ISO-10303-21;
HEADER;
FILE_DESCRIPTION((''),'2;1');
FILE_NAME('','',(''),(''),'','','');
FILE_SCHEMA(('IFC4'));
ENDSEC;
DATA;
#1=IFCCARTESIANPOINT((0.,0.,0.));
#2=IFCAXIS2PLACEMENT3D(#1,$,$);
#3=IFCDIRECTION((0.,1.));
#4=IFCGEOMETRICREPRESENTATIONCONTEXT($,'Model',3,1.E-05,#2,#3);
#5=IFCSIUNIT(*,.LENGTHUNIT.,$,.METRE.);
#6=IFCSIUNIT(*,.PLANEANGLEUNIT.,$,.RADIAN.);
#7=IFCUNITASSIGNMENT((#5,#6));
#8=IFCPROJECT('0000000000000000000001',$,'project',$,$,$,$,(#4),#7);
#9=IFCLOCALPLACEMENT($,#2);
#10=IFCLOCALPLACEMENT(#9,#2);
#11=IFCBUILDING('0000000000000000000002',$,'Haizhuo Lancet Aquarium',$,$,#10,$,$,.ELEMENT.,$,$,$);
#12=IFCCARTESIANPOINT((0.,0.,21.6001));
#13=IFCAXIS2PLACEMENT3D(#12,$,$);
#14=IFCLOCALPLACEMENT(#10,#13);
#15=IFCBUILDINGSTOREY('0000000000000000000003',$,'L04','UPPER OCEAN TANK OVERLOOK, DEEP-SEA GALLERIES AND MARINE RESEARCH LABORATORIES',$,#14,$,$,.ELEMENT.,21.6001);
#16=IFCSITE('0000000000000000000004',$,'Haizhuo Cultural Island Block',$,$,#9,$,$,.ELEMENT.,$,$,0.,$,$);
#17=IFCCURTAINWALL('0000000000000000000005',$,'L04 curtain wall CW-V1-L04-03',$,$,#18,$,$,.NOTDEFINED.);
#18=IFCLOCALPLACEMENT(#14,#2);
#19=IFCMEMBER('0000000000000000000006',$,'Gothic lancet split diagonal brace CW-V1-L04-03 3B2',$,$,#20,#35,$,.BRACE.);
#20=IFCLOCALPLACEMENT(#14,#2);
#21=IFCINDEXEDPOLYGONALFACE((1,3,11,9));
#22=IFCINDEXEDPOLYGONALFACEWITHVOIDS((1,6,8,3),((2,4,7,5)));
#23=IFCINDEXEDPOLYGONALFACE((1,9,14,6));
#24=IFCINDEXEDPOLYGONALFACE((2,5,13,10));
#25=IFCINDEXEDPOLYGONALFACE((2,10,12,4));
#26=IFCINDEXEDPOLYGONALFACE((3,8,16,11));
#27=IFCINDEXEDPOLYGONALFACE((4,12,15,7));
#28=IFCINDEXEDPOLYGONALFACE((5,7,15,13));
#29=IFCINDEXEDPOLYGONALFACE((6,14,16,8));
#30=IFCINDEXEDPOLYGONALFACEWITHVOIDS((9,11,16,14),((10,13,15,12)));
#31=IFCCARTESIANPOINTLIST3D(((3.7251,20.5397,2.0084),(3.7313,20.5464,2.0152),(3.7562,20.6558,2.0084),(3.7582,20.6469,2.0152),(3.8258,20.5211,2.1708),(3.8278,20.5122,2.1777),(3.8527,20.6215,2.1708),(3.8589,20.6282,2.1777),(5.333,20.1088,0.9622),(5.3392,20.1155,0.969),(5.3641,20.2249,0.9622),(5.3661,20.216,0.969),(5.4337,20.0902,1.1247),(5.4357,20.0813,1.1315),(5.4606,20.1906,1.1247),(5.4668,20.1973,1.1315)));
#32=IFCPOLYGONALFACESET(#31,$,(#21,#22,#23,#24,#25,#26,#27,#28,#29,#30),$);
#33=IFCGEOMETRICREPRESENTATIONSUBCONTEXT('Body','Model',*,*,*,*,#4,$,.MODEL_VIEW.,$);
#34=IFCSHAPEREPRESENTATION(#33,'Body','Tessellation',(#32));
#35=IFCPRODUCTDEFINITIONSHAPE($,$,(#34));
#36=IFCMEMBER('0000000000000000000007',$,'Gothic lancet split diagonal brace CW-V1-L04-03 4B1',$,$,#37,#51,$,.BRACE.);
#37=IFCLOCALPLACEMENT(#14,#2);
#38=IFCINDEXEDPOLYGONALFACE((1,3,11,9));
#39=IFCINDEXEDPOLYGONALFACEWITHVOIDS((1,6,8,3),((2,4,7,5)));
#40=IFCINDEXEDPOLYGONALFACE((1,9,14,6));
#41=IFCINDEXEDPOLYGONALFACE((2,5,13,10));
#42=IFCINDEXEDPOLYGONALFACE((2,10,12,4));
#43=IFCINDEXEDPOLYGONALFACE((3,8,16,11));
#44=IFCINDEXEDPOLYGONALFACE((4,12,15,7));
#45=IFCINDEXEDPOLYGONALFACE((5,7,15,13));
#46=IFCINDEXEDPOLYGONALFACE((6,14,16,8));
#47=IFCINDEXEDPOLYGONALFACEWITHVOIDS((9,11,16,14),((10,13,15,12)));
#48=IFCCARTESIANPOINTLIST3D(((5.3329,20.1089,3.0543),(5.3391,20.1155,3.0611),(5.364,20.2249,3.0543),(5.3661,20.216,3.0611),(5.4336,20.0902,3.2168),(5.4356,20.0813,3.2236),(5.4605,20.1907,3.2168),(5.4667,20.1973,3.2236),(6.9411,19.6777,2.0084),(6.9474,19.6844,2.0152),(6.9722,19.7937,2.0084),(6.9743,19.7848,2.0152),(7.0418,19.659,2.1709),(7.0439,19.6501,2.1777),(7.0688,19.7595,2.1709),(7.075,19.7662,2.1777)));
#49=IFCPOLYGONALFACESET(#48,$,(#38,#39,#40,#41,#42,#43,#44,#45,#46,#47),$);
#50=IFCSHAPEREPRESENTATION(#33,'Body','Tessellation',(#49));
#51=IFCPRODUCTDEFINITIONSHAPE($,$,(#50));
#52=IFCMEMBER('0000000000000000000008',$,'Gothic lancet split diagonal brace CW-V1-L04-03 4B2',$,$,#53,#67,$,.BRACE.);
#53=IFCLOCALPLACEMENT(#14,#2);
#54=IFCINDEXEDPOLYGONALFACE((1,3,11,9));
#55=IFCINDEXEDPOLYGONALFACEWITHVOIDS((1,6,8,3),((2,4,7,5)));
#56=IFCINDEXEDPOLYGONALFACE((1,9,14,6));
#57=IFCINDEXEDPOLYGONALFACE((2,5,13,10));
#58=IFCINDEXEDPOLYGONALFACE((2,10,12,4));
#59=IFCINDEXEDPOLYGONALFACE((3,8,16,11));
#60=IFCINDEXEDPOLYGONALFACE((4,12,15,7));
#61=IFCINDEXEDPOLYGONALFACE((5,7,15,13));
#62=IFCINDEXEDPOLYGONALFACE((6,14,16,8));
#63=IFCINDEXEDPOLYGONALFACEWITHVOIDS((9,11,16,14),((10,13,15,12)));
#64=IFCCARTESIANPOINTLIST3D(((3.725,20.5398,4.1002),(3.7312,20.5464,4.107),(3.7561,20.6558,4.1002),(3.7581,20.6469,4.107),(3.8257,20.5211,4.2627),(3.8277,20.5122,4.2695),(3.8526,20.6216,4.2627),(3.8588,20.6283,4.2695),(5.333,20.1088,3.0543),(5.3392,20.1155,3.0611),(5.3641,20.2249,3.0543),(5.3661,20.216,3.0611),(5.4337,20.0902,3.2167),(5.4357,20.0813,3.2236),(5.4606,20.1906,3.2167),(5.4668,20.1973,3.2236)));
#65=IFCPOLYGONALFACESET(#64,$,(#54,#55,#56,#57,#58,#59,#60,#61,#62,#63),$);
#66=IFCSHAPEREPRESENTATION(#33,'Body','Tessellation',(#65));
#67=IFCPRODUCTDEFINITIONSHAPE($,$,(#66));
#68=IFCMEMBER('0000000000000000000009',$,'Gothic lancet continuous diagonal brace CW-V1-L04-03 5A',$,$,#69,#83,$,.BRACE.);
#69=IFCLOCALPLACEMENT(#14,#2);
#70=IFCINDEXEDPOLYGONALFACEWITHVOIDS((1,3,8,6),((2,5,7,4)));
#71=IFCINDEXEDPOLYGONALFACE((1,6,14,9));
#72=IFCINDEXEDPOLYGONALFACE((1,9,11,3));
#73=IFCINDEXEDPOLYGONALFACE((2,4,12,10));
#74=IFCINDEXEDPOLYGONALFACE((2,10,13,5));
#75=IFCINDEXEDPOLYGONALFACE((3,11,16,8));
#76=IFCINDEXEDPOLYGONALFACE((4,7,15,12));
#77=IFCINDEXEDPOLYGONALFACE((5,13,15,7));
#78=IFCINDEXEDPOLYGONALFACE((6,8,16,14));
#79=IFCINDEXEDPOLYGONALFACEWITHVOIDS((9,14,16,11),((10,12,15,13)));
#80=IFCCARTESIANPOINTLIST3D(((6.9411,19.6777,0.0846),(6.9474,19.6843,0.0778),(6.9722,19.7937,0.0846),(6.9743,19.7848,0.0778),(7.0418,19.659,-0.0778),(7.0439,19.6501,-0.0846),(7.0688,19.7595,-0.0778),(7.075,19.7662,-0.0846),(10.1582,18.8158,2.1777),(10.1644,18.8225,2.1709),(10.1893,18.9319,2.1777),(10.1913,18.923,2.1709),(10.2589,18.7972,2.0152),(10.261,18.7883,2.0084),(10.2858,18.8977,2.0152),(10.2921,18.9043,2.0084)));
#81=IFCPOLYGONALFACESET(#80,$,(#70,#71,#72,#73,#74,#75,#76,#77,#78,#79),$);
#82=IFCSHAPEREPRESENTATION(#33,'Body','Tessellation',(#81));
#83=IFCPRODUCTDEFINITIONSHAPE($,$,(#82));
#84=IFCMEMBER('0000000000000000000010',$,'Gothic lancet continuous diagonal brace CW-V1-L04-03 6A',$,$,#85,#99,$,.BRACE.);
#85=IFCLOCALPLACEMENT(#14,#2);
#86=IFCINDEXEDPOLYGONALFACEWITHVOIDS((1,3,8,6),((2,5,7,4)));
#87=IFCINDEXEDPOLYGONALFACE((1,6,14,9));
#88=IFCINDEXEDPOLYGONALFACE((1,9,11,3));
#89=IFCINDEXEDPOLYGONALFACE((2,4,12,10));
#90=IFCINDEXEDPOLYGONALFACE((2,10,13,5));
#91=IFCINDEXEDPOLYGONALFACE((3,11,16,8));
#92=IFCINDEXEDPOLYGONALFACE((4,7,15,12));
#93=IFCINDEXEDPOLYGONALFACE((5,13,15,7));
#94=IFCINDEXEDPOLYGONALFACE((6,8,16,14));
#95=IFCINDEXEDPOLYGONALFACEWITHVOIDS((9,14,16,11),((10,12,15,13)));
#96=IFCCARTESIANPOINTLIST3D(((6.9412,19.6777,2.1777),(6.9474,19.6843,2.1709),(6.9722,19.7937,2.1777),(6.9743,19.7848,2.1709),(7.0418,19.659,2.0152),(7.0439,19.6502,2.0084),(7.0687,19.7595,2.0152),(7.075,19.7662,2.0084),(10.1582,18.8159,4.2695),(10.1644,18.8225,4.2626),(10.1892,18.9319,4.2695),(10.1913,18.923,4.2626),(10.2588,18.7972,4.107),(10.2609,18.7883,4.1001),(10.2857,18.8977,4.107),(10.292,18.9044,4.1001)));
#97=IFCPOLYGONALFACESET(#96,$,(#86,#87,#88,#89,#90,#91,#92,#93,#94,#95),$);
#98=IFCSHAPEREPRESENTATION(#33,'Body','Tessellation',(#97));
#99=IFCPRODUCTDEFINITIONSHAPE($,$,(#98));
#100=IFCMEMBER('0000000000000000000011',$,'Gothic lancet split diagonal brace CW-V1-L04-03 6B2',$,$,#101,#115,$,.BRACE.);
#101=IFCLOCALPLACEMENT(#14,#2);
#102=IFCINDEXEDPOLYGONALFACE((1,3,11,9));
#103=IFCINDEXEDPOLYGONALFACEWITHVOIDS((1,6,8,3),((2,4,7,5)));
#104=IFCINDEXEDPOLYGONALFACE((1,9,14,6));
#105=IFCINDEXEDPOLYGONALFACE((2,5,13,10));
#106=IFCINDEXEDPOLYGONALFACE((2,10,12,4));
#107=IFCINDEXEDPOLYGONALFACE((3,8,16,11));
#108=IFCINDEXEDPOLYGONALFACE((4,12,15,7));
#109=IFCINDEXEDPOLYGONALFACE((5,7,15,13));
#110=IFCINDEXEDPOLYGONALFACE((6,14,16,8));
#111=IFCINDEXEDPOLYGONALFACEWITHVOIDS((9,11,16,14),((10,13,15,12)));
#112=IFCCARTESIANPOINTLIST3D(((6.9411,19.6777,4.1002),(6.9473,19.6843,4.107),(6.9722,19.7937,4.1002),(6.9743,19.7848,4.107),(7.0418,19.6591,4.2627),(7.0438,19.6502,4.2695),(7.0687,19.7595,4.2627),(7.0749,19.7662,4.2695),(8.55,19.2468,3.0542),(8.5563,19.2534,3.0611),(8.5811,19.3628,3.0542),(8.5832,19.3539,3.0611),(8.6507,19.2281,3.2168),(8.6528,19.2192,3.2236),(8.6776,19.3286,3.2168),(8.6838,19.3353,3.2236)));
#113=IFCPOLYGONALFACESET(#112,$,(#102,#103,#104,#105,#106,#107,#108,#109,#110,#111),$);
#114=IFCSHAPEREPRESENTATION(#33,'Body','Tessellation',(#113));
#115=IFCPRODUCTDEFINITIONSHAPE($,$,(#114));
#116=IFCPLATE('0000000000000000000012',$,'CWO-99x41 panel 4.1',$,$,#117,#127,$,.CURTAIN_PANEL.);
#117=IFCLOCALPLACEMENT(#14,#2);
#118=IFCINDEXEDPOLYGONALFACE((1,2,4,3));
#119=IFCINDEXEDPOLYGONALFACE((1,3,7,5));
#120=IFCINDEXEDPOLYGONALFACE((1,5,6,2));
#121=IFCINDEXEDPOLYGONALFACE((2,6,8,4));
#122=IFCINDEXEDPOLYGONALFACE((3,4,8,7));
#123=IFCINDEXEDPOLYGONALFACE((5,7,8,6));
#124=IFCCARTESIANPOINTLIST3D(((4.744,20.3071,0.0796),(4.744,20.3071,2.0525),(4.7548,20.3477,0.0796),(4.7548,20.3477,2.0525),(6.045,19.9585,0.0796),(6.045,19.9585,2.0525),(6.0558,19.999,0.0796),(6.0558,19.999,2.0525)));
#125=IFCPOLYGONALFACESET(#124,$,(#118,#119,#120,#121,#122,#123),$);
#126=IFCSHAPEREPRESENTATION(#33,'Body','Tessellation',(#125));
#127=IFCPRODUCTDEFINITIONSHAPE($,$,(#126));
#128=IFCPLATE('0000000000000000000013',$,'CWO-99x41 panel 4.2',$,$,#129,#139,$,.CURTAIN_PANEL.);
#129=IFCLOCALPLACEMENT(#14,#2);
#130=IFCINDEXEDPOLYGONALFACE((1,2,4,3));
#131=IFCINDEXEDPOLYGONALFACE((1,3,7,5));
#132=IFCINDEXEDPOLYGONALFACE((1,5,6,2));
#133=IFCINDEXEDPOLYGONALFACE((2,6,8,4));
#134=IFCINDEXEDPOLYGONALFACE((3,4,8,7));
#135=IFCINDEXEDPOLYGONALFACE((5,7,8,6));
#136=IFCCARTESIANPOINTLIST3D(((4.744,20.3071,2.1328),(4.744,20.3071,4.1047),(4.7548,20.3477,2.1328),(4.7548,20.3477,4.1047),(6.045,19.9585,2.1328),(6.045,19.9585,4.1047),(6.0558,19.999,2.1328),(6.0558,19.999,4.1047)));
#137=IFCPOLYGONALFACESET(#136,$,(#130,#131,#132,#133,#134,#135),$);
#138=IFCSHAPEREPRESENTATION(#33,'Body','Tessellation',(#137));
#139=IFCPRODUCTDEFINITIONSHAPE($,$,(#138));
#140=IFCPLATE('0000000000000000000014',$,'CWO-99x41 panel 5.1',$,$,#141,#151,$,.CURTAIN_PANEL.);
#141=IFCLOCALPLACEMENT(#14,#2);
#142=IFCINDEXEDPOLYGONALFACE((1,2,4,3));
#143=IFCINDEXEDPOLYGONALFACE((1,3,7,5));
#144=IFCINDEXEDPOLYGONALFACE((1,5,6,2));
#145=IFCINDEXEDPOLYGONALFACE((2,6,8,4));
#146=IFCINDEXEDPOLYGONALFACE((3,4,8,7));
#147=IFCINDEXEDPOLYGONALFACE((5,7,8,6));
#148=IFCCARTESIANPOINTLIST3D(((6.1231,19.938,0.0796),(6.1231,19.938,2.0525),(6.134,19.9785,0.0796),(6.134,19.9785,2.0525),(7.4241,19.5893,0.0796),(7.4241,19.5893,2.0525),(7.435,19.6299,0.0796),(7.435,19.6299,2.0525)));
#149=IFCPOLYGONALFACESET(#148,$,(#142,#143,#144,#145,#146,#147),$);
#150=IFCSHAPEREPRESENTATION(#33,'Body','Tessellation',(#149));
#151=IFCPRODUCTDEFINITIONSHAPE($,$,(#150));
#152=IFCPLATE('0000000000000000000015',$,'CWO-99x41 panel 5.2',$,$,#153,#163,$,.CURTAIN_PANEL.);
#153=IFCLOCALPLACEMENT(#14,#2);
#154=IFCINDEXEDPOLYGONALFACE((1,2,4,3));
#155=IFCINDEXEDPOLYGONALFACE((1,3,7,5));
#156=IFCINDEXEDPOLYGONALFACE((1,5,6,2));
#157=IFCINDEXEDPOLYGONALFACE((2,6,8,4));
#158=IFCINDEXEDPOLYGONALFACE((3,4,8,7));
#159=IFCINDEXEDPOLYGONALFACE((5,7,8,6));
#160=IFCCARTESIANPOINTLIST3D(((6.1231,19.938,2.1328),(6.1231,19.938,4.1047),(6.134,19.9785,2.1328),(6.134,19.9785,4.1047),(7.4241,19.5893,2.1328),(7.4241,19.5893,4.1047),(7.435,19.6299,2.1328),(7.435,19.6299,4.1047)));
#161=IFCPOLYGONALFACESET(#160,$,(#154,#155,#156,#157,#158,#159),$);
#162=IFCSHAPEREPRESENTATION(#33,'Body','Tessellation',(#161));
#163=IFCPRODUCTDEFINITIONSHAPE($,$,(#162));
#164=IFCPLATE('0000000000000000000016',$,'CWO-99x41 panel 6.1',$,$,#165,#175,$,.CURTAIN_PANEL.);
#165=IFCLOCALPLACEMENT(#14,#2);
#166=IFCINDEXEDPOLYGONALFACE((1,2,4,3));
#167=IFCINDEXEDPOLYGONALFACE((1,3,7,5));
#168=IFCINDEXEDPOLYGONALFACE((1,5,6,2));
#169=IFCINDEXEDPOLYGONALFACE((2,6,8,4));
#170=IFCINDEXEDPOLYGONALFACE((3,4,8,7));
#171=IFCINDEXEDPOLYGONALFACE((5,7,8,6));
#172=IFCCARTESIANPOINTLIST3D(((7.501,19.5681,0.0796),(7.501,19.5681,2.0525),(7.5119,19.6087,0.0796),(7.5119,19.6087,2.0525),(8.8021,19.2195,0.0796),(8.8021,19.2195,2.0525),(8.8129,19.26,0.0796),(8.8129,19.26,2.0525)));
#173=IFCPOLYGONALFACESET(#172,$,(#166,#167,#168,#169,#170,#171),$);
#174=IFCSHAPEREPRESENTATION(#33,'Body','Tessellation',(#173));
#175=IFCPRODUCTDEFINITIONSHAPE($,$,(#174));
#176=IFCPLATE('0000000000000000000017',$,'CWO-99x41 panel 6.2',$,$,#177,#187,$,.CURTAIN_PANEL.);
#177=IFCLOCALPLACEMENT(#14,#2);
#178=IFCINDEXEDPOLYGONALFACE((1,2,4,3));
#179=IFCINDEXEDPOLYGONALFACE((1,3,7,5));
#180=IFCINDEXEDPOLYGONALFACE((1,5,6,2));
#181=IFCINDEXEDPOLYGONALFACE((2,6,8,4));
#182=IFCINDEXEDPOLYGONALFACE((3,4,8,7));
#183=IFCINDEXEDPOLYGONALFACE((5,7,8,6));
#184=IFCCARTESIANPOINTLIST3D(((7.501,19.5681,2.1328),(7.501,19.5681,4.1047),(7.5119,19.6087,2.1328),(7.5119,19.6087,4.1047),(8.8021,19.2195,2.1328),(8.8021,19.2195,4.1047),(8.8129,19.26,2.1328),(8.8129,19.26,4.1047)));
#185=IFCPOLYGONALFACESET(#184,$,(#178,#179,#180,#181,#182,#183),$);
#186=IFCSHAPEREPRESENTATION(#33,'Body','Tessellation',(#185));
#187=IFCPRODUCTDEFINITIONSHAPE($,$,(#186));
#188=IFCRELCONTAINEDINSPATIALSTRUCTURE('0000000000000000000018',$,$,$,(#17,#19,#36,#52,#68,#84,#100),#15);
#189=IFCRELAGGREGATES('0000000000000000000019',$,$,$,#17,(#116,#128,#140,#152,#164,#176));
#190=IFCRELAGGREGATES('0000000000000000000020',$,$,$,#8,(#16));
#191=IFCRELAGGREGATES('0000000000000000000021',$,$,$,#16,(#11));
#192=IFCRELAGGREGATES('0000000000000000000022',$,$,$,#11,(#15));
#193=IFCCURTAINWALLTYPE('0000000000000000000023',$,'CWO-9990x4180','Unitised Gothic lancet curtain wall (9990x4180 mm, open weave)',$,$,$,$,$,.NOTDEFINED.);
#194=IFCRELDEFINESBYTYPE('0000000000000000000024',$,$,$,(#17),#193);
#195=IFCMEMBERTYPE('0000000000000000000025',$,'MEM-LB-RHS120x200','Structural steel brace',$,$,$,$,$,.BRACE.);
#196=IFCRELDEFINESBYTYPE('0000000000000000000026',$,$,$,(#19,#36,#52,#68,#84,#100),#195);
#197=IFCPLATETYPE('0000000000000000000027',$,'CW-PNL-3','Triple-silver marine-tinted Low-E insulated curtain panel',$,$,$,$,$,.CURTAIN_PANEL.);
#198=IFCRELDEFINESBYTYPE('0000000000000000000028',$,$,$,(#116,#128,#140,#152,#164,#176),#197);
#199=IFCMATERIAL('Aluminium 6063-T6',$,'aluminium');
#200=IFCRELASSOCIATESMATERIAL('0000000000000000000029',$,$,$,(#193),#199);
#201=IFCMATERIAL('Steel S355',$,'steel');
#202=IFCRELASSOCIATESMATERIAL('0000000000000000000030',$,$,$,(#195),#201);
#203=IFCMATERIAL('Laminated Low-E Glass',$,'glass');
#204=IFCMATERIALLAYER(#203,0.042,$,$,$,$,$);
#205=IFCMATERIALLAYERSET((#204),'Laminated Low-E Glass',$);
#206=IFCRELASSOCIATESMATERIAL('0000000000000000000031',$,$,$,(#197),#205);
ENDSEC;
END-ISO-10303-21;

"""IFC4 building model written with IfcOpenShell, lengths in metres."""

from ifc_helpers import new_model, si_unit, direction, frame, origin, origin_2d, place, context, subcontext, project, spatial, rectangle, hollow_rectangle, extrude, material, layer, layer_set, material_profile, profile_set, type_object, element, aggregate, save


model = new_model("IFC4")

# Units and contexts
model_context = context("Model", 3, precision=1e-05, world=origin(), true_north=direction((0.0, 1.0)))
body_context = subcontext(model_context, "Body", "Model", "MODEL_VIEW")
ifc_project = project(units=[si_unit("LENGTHUNIT", "METRE"), si_unit("PLANEANGLEUNIT", "RADIAN")], contexts=[model_context])

# Site, building, storey
site_placement = place(None, origin())
site = spatial("IfcSite", under=ifc_project, at=site_placement, Name="Haizhuo Cultural Island Block", CompositionType="ELEMENT", RefElevation=0.0)
building_placement = place(site_placement, origin())
building = spatial("IfcBuilding", under=site, at=building_placement, Name="Haizhuo Lancet Aquarium", CompositionType="ELEMENT")
storey_placement = place(building_placement, frame((0.0, 0.0, 21.6001)))
storey = spatial("IfcBuildingStorey", under=building, at=storey_placement, Name="L04", Description="UPPER OCEAN TANK OVERLOOK, DEEP-SEA GALLERIES AND MARINE RESEARCH LABORATORIES", CompositionType="ELEMENT", Elevation=21.6001)

# Curtain wall
ifc_material_1 = material(Name="Aluminium 6063-T6", Category="aluminium")
curtain_wall_type = type_object("IfcCurtainWallType", Name="CWO-9990x4180", Description="Unitised Gothic lancet curtain wall (9990x4180 mm, open weave)", PredefinedType="NOTDEFINED", material=ifc_material_1)
curtain_wall_placement = place(storey_placement, origin())
curtain_wall = element("IfcCurtainWall", 1, at=curtain_wall_placement, inside=storey, type_object=curtain_wall_type, Name="L04 curtain wall CW-V1-L04-03", PredefinedType="NOTDEFINED")

# Members
ifc_material_2 = material(Name="Steel S355", Category="steel")
ifc_material_profile_1 = material_profile(ifc_material_2, hollow_rectangle(XDim=0.1201, YDim=0.2, WallThickness=0.0081, at=origin_2d()), Name="RHS 120x200x8")
ifc_profile_set_1 = profile_set([ifc_material_profile_1], Name="Steel S355")
member_type_1 = type_object("IfcMemberType", Name="MEM-LB-RHS120x200", Description="Structural steel brace", PredefinedType="BRACE", material=ifc_profile_set_1)
member_1_placement = place(storey_placement, frame((5.3999, 20.1531, 1.0469), z_axis=(-0.817825, 0.219171, 0.532096), x_axis=(-0.258858, -0.965915, 0.0)))
element("IfcMember", 2, at=member_1_placement, inside=storey, type_object=member_type_1, Name="Gothic lancet split diagonal brace CW-V1-L04-03 3B2", PredefinedType="BRACE", context=body_context, shape_type="SweptSolid", body=[
    extrude(hollow_rectangle(XDim=0.1201, YDim=0.2, WallThickness=0.0081, at=origin_2d()), origin(), (0.0, 0.0, 1.0), 1.9661),
])
member_2_placement = place(storey_placement, frame((7.0081, 19.7219, 2.093), z_axis=(-0.817898, 0.219282, 0.531938), x_axis=(-0.258958, -0.965888, 0.0)))
element("IfcMember", 3, at=member_2_placement, inside=storey, type_object=member_type_1, Name="Gothic lancet split diagonal brace CW-V1-L04-03 4B1", PredefinedType="BRACE", context=body_context, shape_type="SweptSolid", body=[
    extrude(hollow_rectangle(XDim=0.1201, YDim=0.2, WallThickness=0.0081, at=origin_2d()), origin(), (0.0, 0.0, 1.0), 1.9663),
])
member_3_placement = place(storey_placement, frame((5.3999, 20.1531, 3.1389), z_axis=(-0.817879, 0.219186, 0.532007), x_axis=(-0.258858, -0.965915, 0.0)))
element("IfcMember", 4, at=member_3_placement, inside=storey, type_object=member_type_1, Name="Gothic lancet split diagonal brace CW-V1-L04-03 4B2", PredefinedType="BRACE", context=body_context, shape_type="SweptSolid", body=[
    extrude(hollow_rectangle(XDim=0.1201, YDim=0.2, WallThickness=0.0081, at=origin_2d()), origin(), (0.0, 0.0, 1.0), 1.9661),
])
member_4_placement = place(storey_placement, frame((7.0081, 19.7219, 0.0), z_axis=(0.817847, -0.219094, 0.532094), x_axis=(0.258767, 0.96594, 0.0)))
element("IfcMember", 5, at=member_4_placement, inside=storey, type_object=member_type_1, Name="Gothic lancet continuous diagonal brace CW-V1-L04-03 5A", PredefinedType="BRACE", context=body_context, shape_type="SweptSolid", body=[
    extrude(hollow_rectangle(XDim=0.1201, YDim=0.2, WallThickness=0.0081, at=origin_2d()), origin(), (0.0, 0.0, 1.0), 3.9336),
])
member_5_placement = place(storey_placement, frame((7.0081, 19.7219, 2.093), z_axis=(0.817982, -0.21913, 0.531871), x_axis=(0.258767, 0.96594, 0.0)))
element("IfcMember", 6, at=member_5_placement, inside=storey, type_object=member_type_1, Name="Gothic lancet continuous diagonal brace CW-V1-L04-03 6A", PredefinedType="BRACE", context=body_context, shape_type="SweptSolid", body=[
    extrude(hollow_rectangle(XDim=0.1201, YDim=0.2, WallThickness=0.0081, at=origin_2d()), origin(), (0.0, 0.0, 1.0), 3.9329),
])
member_6_placement = place(storey_placement, frame((8.6169, 19.291, 3.1389), z_axis=(-0.818044, 0.219097, 0.53179), x_axis=(-0.258712, -0.965955, 0.0)))
element("IfcMember", 7, at=member_6_placement, inside=storey, type_object=member_type_1, Name="Gothic lancet split diagonal brace CW-V1-L04-03 6B2", PredefinedType="BRACE", context=body_context, shape_type="SweptSolid", body=[
    extrude(hollow_rectangle(XDim=0.1201, YDim=0.2, WallThickness=0.0081, at=origin_2d()), origin(), (0.0, 0.0, 1.0), 1.9668),
])

# Plates
ifc_material_3 = material(Name="Laminated Low-E Glass", Category="glass")
ifc_layer = layer(ifc_material_3, 0.042)
ifc_layer_set = layer_set([ifc_layer], Name="Laminated Low-E Glass")
plate_type = type_object("IfcPlateType", Name="CW-PNL-3", Description="Triple-silver marine-tinted Low-E insulated curtain panel", PredefinedType="CURTAIN_PANEL", material=ifc_layer_set)
plate_1_placement = place(storey_placement, frame((5.3999, 20.1531, 0.0796), z_axis=(0.0, 0.0, 1.0), x_axis=(0.965917, -0.258853, 0.0)))
plate_1 = element("IfcPlate", 8, at=plate_1_placement, type_object=plate_type, Name="CWO-99x41 panel 4.1", PredefinedType="CURTAIN_PANEL", context=body_context, shape_type="SweptSolid", body=[
    extrude(rectangle(XDim=1.3469, YDim=0.042, at=origin_2d()), origin(), (0.0, 0.0, 1.0), 1.9729),
])
plate_2_placement = place(storey_placement, frame((5.3999, 20.1531, 2.1328), z_axis=(0.0, 0.0, 1.0), x_axis=(0.965917, -0.258853, 0.0)))
plate_2 = element("IfcPlate", 9, at=plate_2_placement, type_object=plate_type, Name="CWO-99x41 panel 4.2", PredefinedType="CURTAIN_PANEL", context=body_context, shape_type="SweptSolid", body=[
    extrude(rectangle(XDim=1.3469, YDim=0.042, at=origin_2d()), origin(), (0.0, 0.0, 1.0), 1.9719),
])
plate_3_placement = place(storey_placement, frame((6.7791, 19.7839, 0.0796), z_axis=(0.0, 0.0, 1.0), x_axis=(0.965917, -0.258853, 0.0)))
plate_3 = element("IfcPlate", 10, at=plate_3_placement, type_object=plate_type, Name="CWO-99x41 panel 5.1", PredefinedType="CURTAIN_PANEL", context=body_context, shape_type="SweptSolid", body=[
    extrude(rectangle(XDim=1.3469, YDim=0.042, at=origin_2d()), origin(), (0.0, 0.0, 1.0), 1.9729),
])
plate_4_placement = place(storey_placement, frame((6.7791, 19.7839, 2.1328), z_axis=(0.0, 0.0, 1.0), x_axis=(0.965917, -0.258853, 0.0)))
plate_4 = element("IfcPlate", 11, at=plate_4_placement, type_object=plate_type, Name="CWO-99x41 panel 5.2", PredefinedType="CURTAIN_PANEL", context=body_context, shape_type="SweptSolid", body=[
    extrude(rectangle(XDim=1.3469, YDim=0.042, at=origin_2d()), origin(), (0.0, 0.0, 1.0), 1.9719),
])
plate_5_placement = place(storey_placement, frame((8.157, 19.4141, 0.0796), z_axis=(0.0, 0.0, 1.0), x_axis=(0.965917, -0.258853, 0.0)))
plate_5 = element("IfcPlate", 12, at=plate_5_placement, type_object=plate_type, Name="CWO-99x41 panel 6.1", PredefinedType="CURTAIN_PANEL", context=body_context, shape_type="SweptSolid", body=[
    extrude(rectangle(XDim=1.3469, YDim=0.042, at=origin_2d()), origin(), (0.0, 0.0, 1.0), 1.9729),
])
plate_6_placement = place(storey_placement, frame((8.157, 19.4141, 2.1328), z_axis=(0.0, 0.0, 1.0), x_axis=(0.965917, -0.258853, 0.0)))
plate_6 = element("IfcPlate", 13, at=plate_6_placement, type_object=plate_type, Name="CWO-99x41 panel 6.2", PredefinedType="CURTAIN_PANEL", context=body_context, shape_type="SweptSolid", body=[
    extrude(rectangle(XDim=1.3469, YDim=0.042, at=origin_2d()), origin(), (0.0, 0.0, 1.0), 1.9719),
])
aggregate(curtain_wall, [plate_1, plate_2, plate_3, plate_4, plate_5, plate_6])

save(model, "model.ifc")
